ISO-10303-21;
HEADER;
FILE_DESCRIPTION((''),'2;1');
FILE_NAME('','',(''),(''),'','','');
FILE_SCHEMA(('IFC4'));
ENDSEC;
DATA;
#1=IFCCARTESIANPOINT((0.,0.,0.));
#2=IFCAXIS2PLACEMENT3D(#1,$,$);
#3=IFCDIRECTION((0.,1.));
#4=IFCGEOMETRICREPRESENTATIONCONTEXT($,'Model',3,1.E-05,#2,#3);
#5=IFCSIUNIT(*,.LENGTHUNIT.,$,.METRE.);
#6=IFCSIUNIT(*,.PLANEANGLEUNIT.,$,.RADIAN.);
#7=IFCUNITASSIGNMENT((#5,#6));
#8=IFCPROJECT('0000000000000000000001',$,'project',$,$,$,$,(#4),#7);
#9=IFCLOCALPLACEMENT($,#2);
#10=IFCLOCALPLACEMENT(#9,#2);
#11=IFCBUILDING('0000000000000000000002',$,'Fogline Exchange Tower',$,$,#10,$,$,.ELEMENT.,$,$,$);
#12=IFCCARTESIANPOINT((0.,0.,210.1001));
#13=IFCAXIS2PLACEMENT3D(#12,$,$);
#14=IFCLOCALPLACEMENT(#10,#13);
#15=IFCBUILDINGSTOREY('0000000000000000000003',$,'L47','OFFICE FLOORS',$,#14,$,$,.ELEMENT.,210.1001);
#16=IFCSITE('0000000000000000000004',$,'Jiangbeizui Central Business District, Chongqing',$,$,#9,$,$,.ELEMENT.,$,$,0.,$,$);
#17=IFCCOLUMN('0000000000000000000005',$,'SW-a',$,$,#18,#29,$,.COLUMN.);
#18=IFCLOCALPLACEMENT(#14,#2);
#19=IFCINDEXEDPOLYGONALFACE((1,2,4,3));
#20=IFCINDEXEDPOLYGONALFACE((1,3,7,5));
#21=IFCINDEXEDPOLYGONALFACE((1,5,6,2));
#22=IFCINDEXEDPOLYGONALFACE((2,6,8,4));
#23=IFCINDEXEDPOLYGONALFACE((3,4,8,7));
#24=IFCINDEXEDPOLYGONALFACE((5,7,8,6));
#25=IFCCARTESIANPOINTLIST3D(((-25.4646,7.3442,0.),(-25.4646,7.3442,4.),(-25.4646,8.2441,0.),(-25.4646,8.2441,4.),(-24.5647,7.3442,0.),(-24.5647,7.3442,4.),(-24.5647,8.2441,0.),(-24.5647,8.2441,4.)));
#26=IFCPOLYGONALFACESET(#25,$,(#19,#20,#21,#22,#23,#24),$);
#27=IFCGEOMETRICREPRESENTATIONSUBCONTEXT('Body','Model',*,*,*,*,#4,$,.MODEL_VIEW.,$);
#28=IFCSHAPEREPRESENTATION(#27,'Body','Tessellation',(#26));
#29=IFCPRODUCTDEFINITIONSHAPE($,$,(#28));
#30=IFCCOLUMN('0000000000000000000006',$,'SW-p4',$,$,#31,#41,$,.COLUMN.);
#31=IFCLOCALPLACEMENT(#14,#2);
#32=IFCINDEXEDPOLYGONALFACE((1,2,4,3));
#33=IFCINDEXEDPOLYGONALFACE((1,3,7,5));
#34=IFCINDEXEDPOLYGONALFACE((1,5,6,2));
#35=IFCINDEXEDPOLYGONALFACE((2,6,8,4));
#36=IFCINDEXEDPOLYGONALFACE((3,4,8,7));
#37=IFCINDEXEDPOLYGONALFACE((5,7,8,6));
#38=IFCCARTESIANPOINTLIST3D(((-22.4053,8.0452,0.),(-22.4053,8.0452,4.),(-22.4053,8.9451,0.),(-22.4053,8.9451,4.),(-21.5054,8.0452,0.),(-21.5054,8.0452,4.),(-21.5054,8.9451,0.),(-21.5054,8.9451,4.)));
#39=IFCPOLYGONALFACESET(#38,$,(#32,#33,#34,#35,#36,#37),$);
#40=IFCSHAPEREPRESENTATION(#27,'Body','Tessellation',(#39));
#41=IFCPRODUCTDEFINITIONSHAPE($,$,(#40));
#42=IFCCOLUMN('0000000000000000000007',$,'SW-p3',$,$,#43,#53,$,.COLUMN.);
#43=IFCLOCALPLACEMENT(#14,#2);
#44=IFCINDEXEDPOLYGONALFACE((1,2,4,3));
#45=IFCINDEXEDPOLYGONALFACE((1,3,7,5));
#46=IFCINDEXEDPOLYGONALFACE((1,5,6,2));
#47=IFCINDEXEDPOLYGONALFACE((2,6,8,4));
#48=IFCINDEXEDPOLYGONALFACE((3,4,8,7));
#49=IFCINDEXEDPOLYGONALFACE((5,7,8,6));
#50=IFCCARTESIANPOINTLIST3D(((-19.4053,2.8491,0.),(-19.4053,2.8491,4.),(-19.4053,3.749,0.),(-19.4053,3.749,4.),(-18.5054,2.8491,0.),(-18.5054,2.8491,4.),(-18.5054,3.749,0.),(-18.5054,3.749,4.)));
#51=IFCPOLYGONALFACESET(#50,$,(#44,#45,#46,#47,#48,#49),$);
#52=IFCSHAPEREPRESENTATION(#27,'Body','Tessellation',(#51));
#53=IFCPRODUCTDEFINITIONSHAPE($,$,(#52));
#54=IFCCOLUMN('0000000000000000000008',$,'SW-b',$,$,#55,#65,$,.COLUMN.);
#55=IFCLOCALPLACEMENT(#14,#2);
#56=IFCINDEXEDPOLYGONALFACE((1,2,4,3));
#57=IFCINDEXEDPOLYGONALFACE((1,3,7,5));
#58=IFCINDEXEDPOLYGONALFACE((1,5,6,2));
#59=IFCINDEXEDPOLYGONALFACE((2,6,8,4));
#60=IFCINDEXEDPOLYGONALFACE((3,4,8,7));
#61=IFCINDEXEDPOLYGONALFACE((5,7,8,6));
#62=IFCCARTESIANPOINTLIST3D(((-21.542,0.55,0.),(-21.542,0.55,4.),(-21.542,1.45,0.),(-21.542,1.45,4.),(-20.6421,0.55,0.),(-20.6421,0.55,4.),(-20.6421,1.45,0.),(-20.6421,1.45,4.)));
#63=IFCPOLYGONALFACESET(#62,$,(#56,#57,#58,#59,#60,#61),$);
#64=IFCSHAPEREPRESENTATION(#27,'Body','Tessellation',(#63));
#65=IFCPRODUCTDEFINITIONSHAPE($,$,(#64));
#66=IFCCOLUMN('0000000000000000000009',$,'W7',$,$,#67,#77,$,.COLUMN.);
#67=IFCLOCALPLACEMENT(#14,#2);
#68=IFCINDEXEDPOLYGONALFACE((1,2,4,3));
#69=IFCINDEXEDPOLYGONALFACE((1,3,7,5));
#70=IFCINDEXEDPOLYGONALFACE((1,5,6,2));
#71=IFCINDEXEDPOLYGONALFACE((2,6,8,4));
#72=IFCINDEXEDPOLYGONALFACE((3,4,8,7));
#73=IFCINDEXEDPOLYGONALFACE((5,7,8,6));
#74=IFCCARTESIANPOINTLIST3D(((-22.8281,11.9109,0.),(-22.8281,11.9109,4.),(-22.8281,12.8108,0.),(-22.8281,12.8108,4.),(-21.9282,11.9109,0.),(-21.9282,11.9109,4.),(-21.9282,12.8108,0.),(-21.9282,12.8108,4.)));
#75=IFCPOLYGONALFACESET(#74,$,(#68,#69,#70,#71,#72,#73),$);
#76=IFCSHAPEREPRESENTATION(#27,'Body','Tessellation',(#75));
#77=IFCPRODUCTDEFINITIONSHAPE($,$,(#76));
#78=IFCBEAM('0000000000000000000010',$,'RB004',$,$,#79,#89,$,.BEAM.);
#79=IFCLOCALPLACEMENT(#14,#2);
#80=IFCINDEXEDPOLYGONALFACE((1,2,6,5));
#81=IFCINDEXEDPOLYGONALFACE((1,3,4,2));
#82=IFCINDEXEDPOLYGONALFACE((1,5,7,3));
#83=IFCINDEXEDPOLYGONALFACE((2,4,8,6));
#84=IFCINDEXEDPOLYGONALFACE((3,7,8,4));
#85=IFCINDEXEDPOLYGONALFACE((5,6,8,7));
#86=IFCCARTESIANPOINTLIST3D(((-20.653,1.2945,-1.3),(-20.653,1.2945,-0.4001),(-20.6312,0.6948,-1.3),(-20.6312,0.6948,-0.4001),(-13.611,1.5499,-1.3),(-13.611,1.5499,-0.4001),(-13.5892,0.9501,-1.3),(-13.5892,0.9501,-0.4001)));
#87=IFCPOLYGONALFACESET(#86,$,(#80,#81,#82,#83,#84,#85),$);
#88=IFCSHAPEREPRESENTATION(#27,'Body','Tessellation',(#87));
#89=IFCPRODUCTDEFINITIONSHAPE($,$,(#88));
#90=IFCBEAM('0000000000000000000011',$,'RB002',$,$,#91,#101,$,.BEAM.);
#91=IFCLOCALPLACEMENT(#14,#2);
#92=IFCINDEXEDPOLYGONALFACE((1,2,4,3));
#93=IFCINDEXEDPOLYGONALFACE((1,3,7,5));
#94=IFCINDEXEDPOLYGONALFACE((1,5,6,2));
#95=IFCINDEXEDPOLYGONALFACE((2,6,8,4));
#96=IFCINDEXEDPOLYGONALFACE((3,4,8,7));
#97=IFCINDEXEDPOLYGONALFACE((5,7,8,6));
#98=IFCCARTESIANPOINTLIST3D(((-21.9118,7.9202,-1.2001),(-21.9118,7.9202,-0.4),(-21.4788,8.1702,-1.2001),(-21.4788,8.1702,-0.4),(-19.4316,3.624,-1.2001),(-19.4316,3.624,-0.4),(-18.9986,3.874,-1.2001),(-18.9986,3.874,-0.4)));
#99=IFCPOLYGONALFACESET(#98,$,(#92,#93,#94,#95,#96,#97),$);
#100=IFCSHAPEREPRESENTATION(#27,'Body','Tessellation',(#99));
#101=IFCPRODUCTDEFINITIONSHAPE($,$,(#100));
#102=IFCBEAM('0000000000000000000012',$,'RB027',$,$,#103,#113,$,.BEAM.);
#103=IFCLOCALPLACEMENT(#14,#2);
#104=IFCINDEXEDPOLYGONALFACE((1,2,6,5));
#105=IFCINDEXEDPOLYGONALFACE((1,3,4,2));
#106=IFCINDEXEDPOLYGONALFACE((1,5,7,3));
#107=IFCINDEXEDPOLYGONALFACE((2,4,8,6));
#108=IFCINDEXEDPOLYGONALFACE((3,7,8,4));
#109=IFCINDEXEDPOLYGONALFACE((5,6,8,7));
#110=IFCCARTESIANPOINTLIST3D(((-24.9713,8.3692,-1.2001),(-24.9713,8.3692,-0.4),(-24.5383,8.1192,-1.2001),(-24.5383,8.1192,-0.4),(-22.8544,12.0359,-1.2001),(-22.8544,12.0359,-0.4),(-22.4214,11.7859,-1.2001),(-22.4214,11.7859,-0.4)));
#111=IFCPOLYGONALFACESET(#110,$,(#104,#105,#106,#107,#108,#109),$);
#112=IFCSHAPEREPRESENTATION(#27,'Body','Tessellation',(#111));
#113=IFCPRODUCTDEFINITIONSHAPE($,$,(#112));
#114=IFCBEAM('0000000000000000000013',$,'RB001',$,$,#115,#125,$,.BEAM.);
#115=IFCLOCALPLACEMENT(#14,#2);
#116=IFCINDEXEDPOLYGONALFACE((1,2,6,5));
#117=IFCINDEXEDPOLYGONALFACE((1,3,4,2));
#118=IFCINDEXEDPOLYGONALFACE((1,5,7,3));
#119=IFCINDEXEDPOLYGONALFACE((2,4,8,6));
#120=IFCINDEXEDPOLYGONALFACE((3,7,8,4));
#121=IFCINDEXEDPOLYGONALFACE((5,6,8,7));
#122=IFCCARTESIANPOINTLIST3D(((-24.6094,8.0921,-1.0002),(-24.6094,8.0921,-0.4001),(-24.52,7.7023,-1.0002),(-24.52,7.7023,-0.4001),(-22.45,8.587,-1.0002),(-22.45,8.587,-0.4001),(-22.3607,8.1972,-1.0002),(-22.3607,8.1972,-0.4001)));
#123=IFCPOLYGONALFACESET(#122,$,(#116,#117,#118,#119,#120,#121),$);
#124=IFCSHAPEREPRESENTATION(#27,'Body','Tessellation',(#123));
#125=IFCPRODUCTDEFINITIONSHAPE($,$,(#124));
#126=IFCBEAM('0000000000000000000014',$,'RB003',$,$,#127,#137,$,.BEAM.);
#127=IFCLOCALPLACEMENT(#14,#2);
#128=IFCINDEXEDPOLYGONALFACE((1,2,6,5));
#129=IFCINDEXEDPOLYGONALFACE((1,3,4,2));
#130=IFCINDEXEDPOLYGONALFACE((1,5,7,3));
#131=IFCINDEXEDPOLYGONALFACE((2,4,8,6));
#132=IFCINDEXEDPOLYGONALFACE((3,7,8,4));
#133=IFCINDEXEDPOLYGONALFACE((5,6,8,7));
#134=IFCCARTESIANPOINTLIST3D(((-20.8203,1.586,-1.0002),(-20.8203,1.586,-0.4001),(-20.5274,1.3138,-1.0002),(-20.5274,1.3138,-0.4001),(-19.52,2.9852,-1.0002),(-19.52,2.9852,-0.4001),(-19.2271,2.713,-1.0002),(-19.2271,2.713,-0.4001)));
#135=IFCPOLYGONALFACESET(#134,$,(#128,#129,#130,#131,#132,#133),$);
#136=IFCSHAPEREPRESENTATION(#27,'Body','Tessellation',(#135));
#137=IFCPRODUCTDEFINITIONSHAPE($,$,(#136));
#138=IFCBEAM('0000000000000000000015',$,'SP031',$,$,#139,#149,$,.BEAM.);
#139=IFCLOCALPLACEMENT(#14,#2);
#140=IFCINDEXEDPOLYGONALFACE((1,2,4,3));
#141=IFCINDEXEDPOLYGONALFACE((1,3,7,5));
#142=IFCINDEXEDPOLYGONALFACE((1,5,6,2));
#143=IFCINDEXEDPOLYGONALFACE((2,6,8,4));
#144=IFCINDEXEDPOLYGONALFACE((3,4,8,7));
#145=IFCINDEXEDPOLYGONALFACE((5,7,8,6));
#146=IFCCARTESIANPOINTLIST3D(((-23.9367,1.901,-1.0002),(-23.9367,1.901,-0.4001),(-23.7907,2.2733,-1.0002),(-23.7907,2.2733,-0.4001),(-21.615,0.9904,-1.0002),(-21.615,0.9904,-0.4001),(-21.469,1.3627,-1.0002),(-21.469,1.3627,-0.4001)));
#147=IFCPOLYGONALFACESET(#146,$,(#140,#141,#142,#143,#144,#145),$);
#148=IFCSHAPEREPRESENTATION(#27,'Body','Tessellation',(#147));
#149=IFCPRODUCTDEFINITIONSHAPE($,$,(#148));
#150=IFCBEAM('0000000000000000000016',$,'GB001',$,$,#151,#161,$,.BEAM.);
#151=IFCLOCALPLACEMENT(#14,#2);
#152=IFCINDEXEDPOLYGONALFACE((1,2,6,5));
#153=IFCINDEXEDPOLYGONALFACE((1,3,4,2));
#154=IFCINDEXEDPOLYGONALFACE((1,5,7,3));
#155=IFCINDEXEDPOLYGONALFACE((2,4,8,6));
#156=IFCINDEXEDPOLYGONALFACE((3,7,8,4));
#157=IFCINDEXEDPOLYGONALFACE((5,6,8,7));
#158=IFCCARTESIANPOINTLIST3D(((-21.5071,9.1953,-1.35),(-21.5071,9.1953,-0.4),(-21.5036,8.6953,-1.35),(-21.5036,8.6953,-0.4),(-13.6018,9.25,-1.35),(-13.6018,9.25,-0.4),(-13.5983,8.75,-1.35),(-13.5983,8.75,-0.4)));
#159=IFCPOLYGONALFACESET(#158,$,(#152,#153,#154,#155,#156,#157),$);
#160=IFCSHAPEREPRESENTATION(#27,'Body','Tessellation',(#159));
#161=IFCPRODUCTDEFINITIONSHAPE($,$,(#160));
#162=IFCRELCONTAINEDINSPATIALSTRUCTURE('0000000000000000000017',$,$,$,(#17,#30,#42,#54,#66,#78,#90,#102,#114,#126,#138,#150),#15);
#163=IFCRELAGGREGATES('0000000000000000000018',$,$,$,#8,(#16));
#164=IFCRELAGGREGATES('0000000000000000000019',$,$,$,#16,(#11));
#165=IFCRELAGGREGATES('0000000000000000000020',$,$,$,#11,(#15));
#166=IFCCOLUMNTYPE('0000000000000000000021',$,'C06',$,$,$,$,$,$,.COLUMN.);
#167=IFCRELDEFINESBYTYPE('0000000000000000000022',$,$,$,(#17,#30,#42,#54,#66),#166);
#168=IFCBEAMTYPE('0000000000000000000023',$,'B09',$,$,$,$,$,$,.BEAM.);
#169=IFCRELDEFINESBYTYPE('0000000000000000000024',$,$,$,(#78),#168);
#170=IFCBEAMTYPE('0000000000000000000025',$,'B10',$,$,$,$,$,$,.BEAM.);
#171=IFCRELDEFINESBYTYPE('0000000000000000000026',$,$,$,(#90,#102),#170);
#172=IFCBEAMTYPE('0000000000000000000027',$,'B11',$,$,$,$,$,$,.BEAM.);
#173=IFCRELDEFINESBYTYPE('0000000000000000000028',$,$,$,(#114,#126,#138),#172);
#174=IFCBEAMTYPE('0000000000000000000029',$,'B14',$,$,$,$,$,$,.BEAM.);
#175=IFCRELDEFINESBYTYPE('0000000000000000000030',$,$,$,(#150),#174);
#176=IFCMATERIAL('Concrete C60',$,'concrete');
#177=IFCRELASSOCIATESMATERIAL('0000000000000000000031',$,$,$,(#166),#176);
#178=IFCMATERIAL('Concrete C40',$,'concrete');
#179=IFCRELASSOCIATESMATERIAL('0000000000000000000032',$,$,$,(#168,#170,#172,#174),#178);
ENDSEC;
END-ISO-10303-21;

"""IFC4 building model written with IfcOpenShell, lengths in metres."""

from ifc_helpers import new_model, si_unit, direction, frame, origin, origin_2d, place, context, subcontext, project, spatial, rectangle, extrude, material, material_profile, profile_set, type_object, element, save


model = new_model("IFC4")

# Units and contexts
model_context = context("Model", 3, precision=1e-05, world=origin(), true_north=direction((0.0, 1.0)))
body_context = subcontext(model_context, "Body", "Model", "MODEL_VIEW")
ifc_project = project(units=[si_unit("LENGTHUNIT", "METRE"), si_unit("PLANEANGLEUNIT", "RADIAN")], contexts=[model_context])

# Site, building, storey
site_placement = place(None, origin())
site = spatial("IfcSite", under=ifc_project, at=site_placement, Name="Jiangbeizui Central Business District, Chongqing", CompositionType="ELEMENT", RefElevation=0.0)
building_placement = place(site_placement, origin())
building = spatial("IfcBuilding", under=site, at=building_placement, Name="Fogline Exchange Tower", CompositionType="ELEMENT")
storey_placement = place(building_placement, frame((0.0, 0.0, 210.1001)))
storey = spatial("IfcBuildingStorey", under=building, at=storey_placement, Name="L47", Description="OFFICE FLOORS", CompositionType="ELEMENT", Elevation=210.1001)

# Columns
ifc_material_1 = material(Name="Concrete C60", Category="concrete")
ifc_material_profile_1 = material_profile(ifc_material_1, rectangle(XDim=0.8999, YDim=0.8999, at=origin_2d()), Name="RC 900x900")
ifc_profile_set_1 = profile_set([ifc_material_profile_1], Name="Concrete C60")
column_type = type_object("IfcColumnType", Name="C06", PredefinedType="COLUMN", material=ifc_profile_set_1)
for number, where, z_axis, x_axis, name in (
    (1, (-25.0146, 7.7942, 0.0), (0.0, 0.0, 1.0), (1.0, 0.0, 0.0), "SW-a"),
    (2, (-21.9553, 8.4951, 0.0), (0.0, 0.0, 1.0), (1.0, 0.0, 0.0), "SW-p4"),
    (3, (-18.9553, 3.2991, 0.0), (0.0, 0.0, 1.0), (1.0, 0.0, 0.0), "SW-p3"),
    (4, (-21.092, 1.0, 0.0), (0.0, 0.0, 1.0), (1.0, 0.0, 0.0), "SW-b"),
    (5, (-22.3782, 12.3608, 0.0), (0.0, 0.0, 1.0), (1.0, 0.0, 0.0), "W7"),
):
    element("IfcColumn", number, at=place(storey_placement, frame(where, z_axis=z_axis, x_axis=x_axis)), inside=storey, type_object=column_type, Name=name, PredefinedType="COLUMN", context=body_context, shape_type="SweptSolid", body=[
        extrude(rectangle(XDim=0.8999, YDim=0.8999, at=origin_2d()), origin(), (0.0, 0.0, 1.0), 4.0),
    ])

# Beams
ifc_material_2 = material(Name="Concrete C40", Category="concrete")
ifc_material_profile_2 = material_profile(ifc_material_2, rectangle(XDim=0.6001, YDim=0.8999, at=origin_2d()), Name="RC 600x900")
ifc_profile_set_2 = profile_set([ifc_material_profile_2], Name="Concrete C40")
beam_type_1 = type_object("IfcBeamType", Name="B09", PredefinedType="BEAM", material=ifc_profile_set_2)
beam_1_placement = place(storey_placement, frame((-20.6421, 0.9946, -0.8501), z_axis=(0.999343, 0.03624, 0.0), x_axis=(-0.03624, 0.999343, 0.0)))
element("IfcBeam", 6, at=beam_1_placement, inside=storey, type_object=beam_type_1, Name="RB004", PredefinedType="BEAM", context=body_context, shape_type="SweptSolid", body=[
    extrude(rectangle(XDim=0.6001, YDim=0.8999, at=origin_2d()), origin(), (0.0, 0.0, 1.0), 7.0466),
])
ifc_material_profile_3 = material_profile(ifc_material_2, rectangle(XDim=0.5, YDim=0.8, at=origin_2d()), Name="RC 500x800")
ifc_profile_set_3 = profile_set([ifc_material_profile_3], Name="Concrete C40")
beam_type_2 = type_object("IfcBeamType", Name="B10", PredefinedType="BEAM", material=ifc_profile_set_3)
beam_2_placement = place(storey_placement, frame((-21.6953, 8.0452, -0.8), z_axis=(0.499977, -0.866039, 0.0), x_axis=(0.866039, 0.499977, 0.0)))
element("IfcBeam", 7, at=beam_2_placement, inside=storey, type_object=beam_type_2, Name="RB002", PredefinedType="BEAM", context=body_context, shape_type="SweptSolid", body=[
    extrude(rectangle(XDim=0.5, YDim=0.8, at=origin_2d()), origin(), (0.0, 0.0, 1.0), 4.9607),
])
beam_3_placement = place(storey_placement, frame((-22.6379, 11.9109, -0.8), z_axis=(-0.49999, -0.866031, 0.0), x_axis=(0.866031, -0.49999, 0.0)))
element("IfcBeam", 8, at=beam_3_placement, inside=storey, type_object=beam_type_2, Name="RB027", PredefinedType="BEAM", context=body_context, shape_type="SweptSolid", body=[
    extrude(rectangle(XDim=0.5, YDim=0.8, at=origin_2d()), origin(), (0.0, 0.0, 1.0), 4.2339),
])
ifc_material_profile_4 = material_profile(ifc_material_2, rectangle(XDim=0.3999, YDim=0.6001, at=origin_2d()), Name="RC 400x600")
ifc_profile_set_4 = profile_set([ifc_material_profile_4], Name="Concrete C40")
beam_type_3 = type_object("IfcBeamType", Name="B11", PredefinedType="BEAM", material=ifc_profile_set_4)
beam_4_placement = place(storey_placement, frame((-24.5647, 7.8972, -0.7002), z_axis=(0.974732, 0.223378, 0.0), x_axis=(-0.223378, 0.974732, 0.0)))
element("IfcBeam", 9, at=beam_4_placement, inside=storey, type_object=beam_type_3, Name="RB001", PredefinedType="BEAM", context=body_context, shape_type="SweptSolid", body=[
    extrude(rectangle(XDim=0.3999, YDim=0.6001, at=origin_2d()), origin(), (0.0, 0.0, 1.0), 2.2153),
])
beam_5_placement = place(storey_placement, frame((-19.3735, 2.8491, -0.7002), z_axis=(-0.68075, -0.732516, 0.0), x_axis=(0.732516, -0.68075, 0.0)))
element("IfcBeam", 10, at=beam_5_placement, inside=storey, type_object=beam_type_3, Name="RB003", PredefinedType="BEAM", context=body_context, shape_type="SweptSolid", body=[
    extrude(rectangle(XDim=0.3999, YDim=0.6001, at=origin_2d()), origin(), (0.0, 0.0, 1.0), 1.9102),
])
beam_6_placement = place(storey_placement, frame((-21.542, 1.1765, -0.7002), z_axis=(-0.930954, 0.365137, 0.0), x_axis=(-0.365137, -0.930954, 0.0)))
element("IfcBeam", 11, at=beam_6_placement, inside=storey, type_object=beam_type_3, Name="SP031", PredefinedType="BEAM", context=body_context, shape_type="SweptSolid", body=[
    extrude(rectangle(XDim=0.3999, YDim=0.6001, at=origin_2d()), origin(), (0.0, 0.0, 1.0), 2.4939),
])
ifc_material_profile_5 = material_profile(ifc_material_2, rectangle(XDim=0.5, YDim=0.95, at=origin_2d()), Name="RC 500x950")
ifc_profile_set_5 = profile_set([ifc_material_profile_5], Name="Concrete C40")
beam_type_4 = type_object("IfcBeamType", Name="B14", PredefinedType="BEAM", material=ifc_profile_set_5)
beam_7_placement = place(storey_placement, frame((-21.5054, 8.9453, -0.875), z_axis=(0.999976, 0.006918, 0.0), x_axis=(-0.006918, 0.999976, 0.0)))
element("IfcBeam", 12, at=beam_7_placement, inside=storey, type_object=beam_type_4, Name="GB001", PredefinedType="BEAM", context=body_context, shape_type="SweptSolid", body=[
    extrude(rectangle(XDim=0.5, YDim=0.95, at=origin_2d()), origin(), (0.0, 0.0, 1.0), 7.9055),
])

save(model, "model.ifc")
